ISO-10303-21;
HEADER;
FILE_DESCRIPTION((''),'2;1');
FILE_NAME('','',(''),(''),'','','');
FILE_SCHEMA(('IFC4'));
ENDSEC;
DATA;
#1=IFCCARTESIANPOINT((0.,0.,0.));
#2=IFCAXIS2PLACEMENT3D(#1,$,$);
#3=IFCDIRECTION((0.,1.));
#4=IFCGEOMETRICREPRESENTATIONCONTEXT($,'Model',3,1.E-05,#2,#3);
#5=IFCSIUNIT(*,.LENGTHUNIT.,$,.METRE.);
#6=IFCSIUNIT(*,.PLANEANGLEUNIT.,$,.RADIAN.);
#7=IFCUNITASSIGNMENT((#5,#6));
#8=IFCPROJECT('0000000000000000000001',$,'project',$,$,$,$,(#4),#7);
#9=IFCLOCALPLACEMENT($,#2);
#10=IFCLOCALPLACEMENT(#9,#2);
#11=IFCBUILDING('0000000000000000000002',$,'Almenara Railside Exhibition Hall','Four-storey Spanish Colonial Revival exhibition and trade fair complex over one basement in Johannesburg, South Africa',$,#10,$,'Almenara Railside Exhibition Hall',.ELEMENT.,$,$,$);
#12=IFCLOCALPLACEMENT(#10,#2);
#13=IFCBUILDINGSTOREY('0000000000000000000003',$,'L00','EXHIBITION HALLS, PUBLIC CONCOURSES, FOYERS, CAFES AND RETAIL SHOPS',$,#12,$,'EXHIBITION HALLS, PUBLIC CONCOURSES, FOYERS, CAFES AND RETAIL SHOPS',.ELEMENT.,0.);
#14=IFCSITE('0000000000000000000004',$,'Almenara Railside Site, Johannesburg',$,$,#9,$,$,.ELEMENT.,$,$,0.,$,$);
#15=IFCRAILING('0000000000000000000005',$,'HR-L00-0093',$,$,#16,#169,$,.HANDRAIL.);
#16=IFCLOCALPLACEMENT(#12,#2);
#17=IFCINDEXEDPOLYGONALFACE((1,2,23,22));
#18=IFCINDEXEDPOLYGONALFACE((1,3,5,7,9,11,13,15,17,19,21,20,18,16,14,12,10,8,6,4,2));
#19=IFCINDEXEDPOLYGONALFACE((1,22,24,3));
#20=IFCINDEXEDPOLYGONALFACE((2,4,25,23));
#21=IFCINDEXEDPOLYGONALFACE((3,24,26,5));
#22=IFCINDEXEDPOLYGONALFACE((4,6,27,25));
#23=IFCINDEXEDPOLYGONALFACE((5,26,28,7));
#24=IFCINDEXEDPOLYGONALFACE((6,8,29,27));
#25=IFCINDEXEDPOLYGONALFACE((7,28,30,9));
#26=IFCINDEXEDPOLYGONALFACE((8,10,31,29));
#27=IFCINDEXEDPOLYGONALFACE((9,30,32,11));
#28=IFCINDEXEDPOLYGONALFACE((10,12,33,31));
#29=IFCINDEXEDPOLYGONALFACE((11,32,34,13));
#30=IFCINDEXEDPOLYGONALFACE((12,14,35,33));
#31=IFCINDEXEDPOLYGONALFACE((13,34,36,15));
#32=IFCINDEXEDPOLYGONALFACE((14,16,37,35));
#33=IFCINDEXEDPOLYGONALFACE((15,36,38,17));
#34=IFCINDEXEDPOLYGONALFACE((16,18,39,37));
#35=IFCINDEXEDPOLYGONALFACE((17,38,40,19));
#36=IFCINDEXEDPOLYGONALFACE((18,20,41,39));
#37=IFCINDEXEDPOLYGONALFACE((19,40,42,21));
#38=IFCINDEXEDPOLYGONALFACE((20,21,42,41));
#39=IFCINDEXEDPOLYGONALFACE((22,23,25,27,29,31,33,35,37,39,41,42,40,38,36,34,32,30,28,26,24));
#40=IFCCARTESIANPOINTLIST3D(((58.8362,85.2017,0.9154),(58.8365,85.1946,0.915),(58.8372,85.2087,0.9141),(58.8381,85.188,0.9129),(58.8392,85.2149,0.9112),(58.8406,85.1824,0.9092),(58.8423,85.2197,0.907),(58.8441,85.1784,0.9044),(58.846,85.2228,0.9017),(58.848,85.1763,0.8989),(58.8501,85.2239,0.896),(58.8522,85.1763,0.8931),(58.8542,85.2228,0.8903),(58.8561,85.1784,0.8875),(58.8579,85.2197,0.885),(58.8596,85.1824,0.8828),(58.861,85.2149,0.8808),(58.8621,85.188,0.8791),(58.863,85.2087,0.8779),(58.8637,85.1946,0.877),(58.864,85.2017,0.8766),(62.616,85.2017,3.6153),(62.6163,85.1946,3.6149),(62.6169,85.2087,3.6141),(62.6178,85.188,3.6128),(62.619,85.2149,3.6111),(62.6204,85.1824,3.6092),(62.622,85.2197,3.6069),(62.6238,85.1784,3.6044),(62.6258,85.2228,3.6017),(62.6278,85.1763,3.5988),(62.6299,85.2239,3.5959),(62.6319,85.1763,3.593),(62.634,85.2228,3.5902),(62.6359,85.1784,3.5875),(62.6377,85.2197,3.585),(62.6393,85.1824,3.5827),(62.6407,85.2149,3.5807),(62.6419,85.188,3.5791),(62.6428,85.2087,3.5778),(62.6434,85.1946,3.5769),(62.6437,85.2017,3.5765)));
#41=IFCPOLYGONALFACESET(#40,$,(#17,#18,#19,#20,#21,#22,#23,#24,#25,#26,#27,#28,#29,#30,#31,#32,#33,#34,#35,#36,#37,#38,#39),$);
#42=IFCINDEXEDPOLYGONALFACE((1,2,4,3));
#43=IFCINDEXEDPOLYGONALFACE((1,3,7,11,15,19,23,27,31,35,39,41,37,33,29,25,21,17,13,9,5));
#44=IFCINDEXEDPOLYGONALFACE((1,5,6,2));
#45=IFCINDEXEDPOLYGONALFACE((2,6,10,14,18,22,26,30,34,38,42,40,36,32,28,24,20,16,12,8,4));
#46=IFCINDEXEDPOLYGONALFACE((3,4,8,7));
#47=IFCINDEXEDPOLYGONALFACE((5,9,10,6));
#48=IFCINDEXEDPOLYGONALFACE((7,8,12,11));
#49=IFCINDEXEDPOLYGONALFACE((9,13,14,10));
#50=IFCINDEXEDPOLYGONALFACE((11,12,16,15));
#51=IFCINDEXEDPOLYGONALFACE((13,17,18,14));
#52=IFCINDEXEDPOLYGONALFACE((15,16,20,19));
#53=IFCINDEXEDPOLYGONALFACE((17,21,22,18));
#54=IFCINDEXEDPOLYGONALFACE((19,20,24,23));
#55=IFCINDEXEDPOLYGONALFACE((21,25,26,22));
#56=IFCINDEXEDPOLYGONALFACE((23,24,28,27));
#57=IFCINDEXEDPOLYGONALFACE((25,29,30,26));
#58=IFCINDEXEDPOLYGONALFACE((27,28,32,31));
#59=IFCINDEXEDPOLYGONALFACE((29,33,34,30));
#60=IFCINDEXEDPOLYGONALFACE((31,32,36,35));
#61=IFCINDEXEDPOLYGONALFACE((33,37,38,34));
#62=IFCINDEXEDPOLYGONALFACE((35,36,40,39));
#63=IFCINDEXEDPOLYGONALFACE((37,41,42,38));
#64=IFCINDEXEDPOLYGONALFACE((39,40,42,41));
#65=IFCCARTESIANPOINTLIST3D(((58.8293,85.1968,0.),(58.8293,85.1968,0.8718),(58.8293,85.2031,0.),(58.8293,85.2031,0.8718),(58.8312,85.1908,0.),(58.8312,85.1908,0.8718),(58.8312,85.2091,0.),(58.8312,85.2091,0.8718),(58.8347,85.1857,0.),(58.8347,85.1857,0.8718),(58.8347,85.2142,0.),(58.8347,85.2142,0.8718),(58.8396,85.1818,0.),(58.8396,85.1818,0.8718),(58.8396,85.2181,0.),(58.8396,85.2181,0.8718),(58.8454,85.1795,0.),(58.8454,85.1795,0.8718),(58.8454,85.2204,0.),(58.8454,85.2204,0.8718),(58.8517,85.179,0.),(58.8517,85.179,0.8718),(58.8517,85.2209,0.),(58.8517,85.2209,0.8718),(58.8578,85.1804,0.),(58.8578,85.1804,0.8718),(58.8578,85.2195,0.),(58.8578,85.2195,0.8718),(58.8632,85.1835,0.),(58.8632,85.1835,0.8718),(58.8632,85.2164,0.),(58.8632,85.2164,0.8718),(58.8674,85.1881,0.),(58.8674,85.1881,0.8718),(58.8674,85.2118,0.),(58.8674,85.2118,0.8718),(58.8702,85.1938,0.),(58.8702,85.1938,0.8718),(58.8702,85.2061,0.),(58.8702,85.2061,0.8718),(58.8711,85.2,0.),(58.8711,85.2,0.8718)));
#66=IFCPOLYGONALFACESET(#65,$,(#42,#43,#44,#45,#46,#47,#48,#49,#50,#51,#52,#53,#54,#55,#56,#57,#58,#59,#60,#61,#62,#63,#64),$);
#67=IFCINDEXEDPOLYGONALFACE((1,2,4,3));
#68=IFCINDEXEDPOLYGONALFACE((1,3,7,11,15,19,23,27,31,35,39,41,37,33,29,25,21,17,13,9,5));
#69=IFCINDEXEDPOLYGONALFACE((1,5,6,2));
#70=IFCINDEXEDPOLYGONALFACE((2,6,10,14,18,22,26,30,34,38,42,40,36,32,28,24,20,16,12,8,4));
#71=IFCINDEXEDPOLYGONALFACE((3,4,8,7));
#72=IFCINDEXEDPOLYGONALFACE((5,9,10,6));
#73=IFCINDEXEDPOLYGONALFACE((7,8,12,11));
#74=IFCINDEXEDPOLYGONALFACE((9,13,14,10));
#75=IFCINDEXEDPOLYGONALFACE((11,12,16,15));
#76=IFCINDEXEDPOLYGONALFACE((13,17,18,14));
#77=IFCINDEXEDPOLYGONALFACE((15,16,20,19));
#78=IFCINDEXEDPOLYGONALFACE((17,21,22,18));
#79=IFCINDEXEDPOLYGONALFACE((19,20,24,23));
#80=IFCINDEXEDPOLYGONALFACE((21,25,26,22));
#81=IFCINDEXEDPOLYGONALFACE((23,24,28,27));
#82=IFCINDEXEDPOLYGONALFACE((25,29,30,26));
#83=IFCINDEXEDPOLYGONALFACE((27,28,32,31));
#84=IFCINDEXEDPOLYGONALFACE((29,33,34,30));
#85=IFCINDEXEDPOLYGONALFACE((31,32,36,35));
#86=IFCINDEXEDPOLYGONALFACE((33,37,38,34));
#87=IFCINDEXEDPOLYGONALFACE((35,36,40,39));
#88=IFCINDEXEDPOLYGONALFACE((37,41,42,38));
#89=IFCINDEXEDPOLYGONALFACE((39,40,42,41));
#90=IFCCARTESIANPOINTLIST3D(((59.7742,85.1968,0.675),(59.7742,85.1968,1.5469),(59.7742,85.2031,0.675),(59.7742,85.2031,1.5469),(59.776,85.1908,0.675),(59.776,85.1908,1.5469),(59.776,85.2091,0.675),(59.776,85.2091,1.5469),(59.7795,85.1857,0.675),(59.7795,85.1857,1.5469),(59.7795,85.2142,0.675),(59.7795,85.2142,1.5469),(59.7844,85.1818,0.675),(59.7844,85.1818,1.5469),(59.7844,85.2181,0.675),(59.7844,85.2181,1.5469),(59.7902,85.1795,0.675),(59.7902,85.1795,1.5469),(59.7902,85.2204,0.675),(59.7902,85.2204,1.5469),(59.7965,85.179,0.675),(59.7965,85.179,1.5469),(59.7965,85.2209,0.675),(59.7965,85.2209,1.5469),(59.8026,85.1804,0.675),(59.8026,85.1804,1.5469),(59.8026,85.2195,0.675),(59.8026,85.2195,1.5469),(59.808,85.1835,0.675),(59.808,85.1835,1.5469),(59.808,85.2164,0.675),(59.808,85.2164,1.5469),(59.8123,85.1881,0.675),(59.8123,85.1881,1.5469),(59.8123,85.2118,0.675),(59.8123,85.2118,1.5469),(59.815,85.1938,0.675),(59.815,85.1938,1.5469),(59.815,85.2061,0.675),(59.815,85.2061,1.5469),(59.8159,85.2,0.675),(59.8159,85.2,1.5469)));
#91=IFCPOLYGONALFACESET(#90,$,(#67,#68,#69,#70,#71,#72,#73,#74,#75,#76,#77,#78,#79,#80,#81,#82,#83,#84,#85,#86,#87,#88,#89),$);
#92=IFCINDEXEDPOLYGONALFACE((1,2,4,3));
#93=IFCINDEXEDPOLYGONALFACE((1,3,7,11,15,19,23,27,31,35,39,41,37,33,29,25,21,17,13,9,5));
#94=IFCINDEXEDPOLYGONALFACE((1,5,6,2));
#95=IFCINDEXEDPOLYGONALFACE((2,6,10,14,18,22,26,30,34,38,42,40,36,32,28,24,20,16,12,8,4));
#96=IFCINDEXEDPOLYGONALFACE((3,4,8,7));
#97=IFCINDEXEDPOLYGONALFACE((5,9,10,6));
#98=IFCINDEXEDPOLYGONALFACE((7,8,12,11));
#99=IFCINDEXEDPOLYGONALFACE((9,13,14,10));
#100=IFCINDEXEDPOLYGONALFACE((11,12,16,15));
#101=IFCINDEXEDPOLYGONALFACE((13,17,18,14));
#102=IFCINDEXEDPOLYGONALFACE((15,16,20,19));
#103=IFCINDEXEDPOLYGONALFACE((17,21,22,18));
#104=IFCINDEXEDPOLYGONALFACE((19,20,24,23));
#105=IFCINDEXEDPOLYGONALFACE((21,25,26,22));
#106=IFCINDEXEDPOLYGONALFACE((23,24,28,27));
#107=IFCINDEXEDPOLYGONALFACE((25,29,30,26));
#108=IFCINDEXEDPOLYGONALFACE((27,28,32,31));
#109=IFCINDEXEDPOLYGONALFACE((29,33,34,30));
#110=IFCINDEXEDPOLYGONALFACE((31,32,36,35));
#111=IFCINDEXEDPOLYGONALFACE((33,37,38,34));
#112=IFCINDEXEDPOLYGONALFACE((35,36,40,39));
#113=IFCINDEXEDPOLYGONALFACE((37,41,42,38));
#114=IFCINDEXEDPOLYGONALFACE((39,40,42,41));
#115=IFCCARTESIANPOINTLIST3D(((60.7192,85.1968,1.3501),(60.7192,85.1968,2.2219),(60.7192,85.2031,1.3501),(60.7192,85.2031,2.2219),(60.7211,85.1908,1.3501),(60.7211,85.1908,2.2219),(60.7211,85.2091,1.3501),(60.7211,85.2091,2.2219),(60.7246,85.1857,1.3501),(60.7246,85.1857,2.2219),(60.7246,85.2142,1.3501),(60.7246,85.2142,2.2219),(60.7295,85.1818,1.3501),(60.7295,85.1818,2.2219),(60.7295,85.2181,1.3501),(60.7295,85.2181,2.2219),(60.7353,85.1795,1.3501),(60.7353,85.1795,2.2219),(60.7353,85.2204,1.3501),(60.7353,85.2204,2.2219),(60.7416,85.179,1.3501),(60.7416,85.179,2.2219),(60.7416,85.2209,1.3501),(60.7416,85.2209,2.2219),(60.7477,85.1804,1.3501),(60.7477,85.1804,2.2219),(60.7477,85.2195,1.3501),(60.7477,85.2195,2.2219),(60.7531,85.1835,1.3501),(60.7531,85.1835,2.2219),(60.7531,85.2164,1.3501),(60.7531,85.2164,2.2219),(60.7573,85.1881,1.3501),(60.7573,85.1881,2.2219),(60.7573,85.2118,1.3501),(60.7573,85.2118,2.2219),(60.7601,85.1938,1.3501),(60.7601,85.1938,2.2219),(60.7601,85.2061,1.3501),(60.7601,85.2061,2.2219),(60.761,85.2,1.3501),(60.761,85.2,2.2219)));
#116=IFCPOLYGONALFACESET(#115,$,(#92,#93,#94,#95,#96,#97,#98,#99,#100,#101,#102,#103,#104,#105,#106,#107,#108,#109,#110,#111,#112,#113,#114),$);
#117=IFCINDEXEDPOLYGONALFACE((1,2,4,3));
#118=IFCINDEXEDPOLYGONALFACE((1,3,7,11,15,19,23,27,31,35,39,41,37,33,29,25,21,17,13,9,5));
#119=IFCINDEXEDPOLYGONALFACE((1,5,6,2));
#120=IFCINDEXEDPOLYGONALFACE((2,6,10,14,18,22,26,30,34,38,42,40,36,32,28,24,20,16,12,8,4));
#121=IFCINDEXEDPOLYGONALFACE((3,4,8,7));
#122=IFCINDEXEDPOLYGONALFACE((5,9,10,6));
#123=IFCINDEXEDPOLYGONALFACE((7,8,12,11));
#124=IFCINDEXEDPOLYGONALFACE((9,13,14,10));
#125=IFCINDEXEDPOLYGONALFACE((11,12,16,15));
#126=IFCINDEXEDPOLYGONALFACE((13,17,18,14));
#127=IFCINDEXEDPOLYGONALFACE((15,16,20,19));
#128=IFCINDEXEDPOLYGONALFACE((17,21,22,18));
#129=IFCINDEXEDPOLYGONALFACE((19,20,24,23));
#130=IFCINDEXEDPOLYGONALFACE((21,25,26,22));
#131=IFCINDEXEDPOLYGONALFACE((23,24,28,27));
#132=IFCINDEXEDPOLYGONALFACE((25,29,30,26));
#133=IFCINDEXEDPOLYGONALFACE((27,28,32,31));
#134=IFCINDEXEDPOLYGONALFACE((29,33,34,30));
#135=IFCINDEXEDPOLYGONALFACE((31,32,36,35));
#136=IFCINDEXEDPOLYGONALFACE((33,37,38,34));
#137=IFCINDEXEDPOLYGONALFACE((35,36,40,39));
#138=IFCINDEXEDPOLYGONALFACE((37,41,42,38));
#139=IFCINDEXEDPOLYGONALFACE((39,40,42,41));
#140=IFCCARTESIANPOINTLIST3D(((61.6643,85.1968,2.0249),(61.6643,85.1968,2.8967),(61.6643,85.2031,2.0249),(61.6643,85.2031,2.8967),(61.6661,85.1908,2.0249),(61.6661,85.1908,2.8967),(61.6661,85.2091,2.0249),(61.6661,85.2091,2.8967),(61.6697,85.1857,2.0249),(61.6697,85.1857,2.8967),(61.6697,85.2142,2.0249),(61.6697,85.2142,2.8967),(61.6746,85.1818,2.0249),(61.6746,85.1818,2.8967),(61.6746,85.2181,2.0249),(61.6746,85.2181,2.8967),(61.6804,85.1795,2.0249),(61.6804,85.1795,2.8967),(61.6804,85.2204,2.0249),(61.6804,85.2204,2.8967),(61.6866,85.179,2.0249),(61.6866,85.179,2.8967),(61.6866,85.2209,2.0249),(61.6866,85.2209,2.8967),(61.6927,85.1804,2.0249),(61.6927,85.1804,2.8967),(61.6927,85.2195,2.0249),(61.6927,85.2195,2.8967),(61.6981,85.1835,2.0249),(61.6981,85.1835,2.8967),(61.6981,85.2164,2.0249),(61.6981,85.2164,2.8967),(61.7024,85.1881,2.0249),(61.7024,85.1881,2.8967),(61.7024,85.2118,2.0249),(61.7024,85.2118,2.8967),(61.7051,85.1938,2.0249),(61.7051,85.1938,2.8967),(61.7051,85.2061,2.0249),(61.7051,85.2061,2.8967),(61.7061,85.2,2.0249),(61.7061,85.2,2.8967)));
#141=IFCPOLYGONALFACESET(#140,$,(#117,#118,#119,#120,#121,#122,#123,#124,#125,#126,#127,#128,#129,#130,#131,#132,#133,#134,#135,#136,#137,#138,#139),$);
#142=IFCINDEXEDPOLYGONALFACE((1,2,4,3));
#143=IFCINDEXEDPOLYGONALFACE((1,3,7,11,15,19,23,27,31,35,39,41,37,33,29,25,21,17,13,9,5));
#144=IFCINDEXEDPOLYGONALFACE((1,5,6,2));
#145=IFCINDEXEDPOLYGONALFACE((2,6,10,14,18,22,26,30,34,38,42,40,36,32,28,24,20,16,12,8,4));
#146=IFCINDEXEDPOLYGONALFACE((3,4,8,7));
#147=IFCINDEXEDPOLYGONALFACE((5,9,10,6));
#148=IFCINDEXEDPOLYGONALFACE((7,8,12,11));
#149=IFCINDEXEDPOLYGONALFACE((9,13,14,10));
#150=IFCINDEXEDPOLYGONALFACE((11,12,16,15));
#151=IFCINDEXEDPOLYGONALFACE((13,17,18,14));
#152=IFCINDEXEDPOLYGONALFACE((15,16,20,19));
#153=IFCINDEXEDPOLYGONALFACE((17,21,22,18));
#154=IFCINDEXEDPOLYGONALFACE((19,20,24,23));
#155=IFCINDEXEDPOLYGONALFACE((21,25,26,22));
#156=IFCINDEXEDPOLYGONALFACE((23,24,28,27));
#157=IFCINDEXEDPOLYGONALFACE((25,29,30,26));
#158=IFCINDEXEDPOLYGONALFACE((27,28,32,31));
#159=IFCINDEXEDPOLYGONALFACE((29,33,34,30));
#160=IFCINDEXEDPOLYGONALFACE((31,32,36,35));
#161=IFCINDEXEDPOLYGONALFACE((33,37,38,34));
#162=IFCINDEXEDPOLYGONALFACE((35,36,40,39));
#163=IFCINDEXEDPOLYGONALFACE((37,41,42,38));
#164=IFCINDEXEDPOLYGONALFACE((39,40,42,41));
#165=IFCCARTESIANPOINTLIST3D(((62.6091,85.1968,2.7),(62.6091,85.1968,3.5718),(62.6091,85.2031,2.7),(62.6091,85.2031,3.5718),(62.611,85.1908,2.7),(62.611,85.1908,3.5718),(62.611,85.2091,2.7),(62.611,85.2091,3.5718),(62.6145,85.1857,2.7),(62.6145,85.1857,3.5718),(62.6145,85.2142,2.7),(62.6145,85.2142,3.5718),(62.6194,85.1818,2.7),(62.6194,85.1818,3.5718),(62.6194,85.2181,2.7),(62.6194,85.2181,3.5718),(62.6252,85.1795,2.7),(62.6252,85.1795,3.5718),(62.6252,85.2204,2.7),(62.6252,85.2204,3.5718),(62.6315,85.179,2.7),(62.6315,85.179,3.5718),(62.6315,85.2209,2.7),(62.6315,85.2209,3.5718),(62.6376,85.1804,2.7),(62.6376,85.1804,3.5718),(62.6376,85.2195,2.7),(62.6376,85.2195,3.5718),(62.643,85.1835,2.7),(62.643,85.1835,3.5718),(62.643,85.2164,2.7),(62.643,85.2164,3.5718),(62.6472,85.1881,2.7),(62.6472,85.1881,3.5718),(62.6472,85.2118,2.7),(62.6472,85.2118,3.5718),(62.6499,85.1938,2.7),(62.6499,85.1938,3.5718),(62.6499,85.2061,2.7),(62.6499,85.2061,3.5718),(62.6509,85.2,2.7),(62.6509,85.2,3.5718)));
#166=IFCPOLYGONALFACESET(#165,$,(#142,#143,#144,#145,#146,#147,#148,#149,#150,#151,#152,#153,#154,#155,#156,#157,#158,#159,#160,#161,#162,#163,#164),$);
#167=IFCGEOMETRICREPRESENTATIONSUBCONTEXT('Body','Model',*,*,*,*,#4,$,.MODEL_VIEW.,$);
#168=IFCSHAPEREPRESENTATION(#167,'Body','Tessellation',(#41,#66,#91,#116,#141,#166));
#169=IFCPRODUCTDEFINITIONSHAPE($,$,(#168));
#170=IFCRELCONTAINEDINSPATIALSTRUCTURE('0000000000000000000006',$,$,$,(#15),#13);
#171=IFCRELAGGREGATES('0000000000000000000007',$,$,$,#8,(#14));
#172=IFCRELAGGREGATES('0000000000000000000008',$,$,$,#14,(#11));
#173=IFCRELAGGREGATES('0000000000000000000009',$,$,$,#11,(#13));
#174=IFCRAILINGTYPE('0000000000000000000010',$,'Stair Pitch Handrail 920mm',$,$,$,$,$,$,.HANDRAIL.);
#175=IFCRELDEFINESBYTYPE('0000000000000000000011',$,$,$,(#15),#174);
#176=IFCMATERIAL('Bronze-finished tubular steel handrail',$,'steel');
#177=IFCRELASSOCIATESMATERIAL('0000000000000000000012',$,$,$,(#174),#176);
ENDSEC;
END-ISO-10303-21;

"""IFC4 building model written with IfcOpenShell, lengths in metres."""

from ifc_helpers import new_model, si_unit, direction, frame, origin, origin_2d, place, context, subcontext, project, spatial, circle, extrude, material, type_object, element, save


model = new_model("IFC4")

# Units and contexts
model_context = context("Model", 3, precision=1e-05, world=origin(), true_north=direction((0.0, 1.0)))
body_context = subcontext(model_context, "Body", "Model", "MODEL_VIEW")
ifc_project = project(units=[si_unit("LENGTHUNIT", "METRE"), si_unit("PLANEANGLEUNIT", "RADIAN")], contexts=[model_context])

# Site, building, storey
site_placement = place(None, origin())
site = spatial("IfcSite", under=ifc_project, at=site_placement, Name="Almenara Railside Site, Johannesburg", CompositionType="ELEMENT", RefElevation=0.0)
building_placement = place(site_placement, origin())
building = spatial("IfcBuilding", under=site, at=building_placement, Name="Almenara Railside Exhibition Hall", Description="Four-storey Spanish Colonial Revival exhibition and trade fair complex over one basement in Johannesburg, South Africa", LongName="Almenara Railside Exhibition Hall", CompositionType="ELEMENT")
storey_placement = place(building_placement, origin())
storey = spatial("IfcBuildingStorey", under=building, at=storey_placement, Name="L00", Description="EXHIBITION HALLS, PUBLIC CONCOURSES, FOYERS, CAFES AND RETAIL SHOPS", LongName="EXHIBITION HALLS, PUBLIC CONCOURSES, FOYERS, CAFES AND RETAIL SHOPS", CompositionType="ELEMENT", Elevation=0.0)

# Railing
ifc_material_1 = material(Name="Bronze-finished tubular steel handrail", Category="steel")
railing_type_1 = type_object("IfcRailingType", Name="Stair Pitch Handrail 920mm", PredefinedType="HANDRAIL", material=ifc_material_1)
railing_1_placement = place(storey_placement, frame((58.8501, 85.2, 0.0)))
element("IfcRailing", 1, at=railing_1_placement, inside=storey, type_object=railing_type_1, Name="HR-L00-0093", PredefinedType="HANDRAIL", context=body_context, shape_type="SweptSolid", body=[
    extrude(circle(Radius=0.0239, at=origin_2d()), frame((0.0, 0.0, 0.896), z_axis=(0.813723, 0.0, 0.581253), x_axis=(0.0, 1.0, 0.0)), (0.0, 0.0, 1.0), 4.645),
    extrude(circle(Radius=0.021, at=origin_2d()), origin(), (0.0, 0.0, 1.0), 0.8718),
    extrude(circle(Radius=0.021, at=origin_2d()), frame((0.9448, 0.0, 0.675)), (0.0, 0.0, 1.0), 0.8718),
    extrude(circle(Radius=0.021, at=origin_2d()), frame((1.8899, 0.0, 1.3501)), (0.0, 0.0, 1.0), 0.8718),
    extrude(circle(Radius=0.021, at=origin_2d()), frame((2.835, 0.0, 2.0249)), (0.0, 0.0, 1.0), 0.8718),
    extrude(circle(Radius=0.021, at=origin_2d()), frame((3.7798, 0.0, 2.7)), (0.0, 0.0, 1.0), 0.8718),
])

save(model, "model.ifc")
